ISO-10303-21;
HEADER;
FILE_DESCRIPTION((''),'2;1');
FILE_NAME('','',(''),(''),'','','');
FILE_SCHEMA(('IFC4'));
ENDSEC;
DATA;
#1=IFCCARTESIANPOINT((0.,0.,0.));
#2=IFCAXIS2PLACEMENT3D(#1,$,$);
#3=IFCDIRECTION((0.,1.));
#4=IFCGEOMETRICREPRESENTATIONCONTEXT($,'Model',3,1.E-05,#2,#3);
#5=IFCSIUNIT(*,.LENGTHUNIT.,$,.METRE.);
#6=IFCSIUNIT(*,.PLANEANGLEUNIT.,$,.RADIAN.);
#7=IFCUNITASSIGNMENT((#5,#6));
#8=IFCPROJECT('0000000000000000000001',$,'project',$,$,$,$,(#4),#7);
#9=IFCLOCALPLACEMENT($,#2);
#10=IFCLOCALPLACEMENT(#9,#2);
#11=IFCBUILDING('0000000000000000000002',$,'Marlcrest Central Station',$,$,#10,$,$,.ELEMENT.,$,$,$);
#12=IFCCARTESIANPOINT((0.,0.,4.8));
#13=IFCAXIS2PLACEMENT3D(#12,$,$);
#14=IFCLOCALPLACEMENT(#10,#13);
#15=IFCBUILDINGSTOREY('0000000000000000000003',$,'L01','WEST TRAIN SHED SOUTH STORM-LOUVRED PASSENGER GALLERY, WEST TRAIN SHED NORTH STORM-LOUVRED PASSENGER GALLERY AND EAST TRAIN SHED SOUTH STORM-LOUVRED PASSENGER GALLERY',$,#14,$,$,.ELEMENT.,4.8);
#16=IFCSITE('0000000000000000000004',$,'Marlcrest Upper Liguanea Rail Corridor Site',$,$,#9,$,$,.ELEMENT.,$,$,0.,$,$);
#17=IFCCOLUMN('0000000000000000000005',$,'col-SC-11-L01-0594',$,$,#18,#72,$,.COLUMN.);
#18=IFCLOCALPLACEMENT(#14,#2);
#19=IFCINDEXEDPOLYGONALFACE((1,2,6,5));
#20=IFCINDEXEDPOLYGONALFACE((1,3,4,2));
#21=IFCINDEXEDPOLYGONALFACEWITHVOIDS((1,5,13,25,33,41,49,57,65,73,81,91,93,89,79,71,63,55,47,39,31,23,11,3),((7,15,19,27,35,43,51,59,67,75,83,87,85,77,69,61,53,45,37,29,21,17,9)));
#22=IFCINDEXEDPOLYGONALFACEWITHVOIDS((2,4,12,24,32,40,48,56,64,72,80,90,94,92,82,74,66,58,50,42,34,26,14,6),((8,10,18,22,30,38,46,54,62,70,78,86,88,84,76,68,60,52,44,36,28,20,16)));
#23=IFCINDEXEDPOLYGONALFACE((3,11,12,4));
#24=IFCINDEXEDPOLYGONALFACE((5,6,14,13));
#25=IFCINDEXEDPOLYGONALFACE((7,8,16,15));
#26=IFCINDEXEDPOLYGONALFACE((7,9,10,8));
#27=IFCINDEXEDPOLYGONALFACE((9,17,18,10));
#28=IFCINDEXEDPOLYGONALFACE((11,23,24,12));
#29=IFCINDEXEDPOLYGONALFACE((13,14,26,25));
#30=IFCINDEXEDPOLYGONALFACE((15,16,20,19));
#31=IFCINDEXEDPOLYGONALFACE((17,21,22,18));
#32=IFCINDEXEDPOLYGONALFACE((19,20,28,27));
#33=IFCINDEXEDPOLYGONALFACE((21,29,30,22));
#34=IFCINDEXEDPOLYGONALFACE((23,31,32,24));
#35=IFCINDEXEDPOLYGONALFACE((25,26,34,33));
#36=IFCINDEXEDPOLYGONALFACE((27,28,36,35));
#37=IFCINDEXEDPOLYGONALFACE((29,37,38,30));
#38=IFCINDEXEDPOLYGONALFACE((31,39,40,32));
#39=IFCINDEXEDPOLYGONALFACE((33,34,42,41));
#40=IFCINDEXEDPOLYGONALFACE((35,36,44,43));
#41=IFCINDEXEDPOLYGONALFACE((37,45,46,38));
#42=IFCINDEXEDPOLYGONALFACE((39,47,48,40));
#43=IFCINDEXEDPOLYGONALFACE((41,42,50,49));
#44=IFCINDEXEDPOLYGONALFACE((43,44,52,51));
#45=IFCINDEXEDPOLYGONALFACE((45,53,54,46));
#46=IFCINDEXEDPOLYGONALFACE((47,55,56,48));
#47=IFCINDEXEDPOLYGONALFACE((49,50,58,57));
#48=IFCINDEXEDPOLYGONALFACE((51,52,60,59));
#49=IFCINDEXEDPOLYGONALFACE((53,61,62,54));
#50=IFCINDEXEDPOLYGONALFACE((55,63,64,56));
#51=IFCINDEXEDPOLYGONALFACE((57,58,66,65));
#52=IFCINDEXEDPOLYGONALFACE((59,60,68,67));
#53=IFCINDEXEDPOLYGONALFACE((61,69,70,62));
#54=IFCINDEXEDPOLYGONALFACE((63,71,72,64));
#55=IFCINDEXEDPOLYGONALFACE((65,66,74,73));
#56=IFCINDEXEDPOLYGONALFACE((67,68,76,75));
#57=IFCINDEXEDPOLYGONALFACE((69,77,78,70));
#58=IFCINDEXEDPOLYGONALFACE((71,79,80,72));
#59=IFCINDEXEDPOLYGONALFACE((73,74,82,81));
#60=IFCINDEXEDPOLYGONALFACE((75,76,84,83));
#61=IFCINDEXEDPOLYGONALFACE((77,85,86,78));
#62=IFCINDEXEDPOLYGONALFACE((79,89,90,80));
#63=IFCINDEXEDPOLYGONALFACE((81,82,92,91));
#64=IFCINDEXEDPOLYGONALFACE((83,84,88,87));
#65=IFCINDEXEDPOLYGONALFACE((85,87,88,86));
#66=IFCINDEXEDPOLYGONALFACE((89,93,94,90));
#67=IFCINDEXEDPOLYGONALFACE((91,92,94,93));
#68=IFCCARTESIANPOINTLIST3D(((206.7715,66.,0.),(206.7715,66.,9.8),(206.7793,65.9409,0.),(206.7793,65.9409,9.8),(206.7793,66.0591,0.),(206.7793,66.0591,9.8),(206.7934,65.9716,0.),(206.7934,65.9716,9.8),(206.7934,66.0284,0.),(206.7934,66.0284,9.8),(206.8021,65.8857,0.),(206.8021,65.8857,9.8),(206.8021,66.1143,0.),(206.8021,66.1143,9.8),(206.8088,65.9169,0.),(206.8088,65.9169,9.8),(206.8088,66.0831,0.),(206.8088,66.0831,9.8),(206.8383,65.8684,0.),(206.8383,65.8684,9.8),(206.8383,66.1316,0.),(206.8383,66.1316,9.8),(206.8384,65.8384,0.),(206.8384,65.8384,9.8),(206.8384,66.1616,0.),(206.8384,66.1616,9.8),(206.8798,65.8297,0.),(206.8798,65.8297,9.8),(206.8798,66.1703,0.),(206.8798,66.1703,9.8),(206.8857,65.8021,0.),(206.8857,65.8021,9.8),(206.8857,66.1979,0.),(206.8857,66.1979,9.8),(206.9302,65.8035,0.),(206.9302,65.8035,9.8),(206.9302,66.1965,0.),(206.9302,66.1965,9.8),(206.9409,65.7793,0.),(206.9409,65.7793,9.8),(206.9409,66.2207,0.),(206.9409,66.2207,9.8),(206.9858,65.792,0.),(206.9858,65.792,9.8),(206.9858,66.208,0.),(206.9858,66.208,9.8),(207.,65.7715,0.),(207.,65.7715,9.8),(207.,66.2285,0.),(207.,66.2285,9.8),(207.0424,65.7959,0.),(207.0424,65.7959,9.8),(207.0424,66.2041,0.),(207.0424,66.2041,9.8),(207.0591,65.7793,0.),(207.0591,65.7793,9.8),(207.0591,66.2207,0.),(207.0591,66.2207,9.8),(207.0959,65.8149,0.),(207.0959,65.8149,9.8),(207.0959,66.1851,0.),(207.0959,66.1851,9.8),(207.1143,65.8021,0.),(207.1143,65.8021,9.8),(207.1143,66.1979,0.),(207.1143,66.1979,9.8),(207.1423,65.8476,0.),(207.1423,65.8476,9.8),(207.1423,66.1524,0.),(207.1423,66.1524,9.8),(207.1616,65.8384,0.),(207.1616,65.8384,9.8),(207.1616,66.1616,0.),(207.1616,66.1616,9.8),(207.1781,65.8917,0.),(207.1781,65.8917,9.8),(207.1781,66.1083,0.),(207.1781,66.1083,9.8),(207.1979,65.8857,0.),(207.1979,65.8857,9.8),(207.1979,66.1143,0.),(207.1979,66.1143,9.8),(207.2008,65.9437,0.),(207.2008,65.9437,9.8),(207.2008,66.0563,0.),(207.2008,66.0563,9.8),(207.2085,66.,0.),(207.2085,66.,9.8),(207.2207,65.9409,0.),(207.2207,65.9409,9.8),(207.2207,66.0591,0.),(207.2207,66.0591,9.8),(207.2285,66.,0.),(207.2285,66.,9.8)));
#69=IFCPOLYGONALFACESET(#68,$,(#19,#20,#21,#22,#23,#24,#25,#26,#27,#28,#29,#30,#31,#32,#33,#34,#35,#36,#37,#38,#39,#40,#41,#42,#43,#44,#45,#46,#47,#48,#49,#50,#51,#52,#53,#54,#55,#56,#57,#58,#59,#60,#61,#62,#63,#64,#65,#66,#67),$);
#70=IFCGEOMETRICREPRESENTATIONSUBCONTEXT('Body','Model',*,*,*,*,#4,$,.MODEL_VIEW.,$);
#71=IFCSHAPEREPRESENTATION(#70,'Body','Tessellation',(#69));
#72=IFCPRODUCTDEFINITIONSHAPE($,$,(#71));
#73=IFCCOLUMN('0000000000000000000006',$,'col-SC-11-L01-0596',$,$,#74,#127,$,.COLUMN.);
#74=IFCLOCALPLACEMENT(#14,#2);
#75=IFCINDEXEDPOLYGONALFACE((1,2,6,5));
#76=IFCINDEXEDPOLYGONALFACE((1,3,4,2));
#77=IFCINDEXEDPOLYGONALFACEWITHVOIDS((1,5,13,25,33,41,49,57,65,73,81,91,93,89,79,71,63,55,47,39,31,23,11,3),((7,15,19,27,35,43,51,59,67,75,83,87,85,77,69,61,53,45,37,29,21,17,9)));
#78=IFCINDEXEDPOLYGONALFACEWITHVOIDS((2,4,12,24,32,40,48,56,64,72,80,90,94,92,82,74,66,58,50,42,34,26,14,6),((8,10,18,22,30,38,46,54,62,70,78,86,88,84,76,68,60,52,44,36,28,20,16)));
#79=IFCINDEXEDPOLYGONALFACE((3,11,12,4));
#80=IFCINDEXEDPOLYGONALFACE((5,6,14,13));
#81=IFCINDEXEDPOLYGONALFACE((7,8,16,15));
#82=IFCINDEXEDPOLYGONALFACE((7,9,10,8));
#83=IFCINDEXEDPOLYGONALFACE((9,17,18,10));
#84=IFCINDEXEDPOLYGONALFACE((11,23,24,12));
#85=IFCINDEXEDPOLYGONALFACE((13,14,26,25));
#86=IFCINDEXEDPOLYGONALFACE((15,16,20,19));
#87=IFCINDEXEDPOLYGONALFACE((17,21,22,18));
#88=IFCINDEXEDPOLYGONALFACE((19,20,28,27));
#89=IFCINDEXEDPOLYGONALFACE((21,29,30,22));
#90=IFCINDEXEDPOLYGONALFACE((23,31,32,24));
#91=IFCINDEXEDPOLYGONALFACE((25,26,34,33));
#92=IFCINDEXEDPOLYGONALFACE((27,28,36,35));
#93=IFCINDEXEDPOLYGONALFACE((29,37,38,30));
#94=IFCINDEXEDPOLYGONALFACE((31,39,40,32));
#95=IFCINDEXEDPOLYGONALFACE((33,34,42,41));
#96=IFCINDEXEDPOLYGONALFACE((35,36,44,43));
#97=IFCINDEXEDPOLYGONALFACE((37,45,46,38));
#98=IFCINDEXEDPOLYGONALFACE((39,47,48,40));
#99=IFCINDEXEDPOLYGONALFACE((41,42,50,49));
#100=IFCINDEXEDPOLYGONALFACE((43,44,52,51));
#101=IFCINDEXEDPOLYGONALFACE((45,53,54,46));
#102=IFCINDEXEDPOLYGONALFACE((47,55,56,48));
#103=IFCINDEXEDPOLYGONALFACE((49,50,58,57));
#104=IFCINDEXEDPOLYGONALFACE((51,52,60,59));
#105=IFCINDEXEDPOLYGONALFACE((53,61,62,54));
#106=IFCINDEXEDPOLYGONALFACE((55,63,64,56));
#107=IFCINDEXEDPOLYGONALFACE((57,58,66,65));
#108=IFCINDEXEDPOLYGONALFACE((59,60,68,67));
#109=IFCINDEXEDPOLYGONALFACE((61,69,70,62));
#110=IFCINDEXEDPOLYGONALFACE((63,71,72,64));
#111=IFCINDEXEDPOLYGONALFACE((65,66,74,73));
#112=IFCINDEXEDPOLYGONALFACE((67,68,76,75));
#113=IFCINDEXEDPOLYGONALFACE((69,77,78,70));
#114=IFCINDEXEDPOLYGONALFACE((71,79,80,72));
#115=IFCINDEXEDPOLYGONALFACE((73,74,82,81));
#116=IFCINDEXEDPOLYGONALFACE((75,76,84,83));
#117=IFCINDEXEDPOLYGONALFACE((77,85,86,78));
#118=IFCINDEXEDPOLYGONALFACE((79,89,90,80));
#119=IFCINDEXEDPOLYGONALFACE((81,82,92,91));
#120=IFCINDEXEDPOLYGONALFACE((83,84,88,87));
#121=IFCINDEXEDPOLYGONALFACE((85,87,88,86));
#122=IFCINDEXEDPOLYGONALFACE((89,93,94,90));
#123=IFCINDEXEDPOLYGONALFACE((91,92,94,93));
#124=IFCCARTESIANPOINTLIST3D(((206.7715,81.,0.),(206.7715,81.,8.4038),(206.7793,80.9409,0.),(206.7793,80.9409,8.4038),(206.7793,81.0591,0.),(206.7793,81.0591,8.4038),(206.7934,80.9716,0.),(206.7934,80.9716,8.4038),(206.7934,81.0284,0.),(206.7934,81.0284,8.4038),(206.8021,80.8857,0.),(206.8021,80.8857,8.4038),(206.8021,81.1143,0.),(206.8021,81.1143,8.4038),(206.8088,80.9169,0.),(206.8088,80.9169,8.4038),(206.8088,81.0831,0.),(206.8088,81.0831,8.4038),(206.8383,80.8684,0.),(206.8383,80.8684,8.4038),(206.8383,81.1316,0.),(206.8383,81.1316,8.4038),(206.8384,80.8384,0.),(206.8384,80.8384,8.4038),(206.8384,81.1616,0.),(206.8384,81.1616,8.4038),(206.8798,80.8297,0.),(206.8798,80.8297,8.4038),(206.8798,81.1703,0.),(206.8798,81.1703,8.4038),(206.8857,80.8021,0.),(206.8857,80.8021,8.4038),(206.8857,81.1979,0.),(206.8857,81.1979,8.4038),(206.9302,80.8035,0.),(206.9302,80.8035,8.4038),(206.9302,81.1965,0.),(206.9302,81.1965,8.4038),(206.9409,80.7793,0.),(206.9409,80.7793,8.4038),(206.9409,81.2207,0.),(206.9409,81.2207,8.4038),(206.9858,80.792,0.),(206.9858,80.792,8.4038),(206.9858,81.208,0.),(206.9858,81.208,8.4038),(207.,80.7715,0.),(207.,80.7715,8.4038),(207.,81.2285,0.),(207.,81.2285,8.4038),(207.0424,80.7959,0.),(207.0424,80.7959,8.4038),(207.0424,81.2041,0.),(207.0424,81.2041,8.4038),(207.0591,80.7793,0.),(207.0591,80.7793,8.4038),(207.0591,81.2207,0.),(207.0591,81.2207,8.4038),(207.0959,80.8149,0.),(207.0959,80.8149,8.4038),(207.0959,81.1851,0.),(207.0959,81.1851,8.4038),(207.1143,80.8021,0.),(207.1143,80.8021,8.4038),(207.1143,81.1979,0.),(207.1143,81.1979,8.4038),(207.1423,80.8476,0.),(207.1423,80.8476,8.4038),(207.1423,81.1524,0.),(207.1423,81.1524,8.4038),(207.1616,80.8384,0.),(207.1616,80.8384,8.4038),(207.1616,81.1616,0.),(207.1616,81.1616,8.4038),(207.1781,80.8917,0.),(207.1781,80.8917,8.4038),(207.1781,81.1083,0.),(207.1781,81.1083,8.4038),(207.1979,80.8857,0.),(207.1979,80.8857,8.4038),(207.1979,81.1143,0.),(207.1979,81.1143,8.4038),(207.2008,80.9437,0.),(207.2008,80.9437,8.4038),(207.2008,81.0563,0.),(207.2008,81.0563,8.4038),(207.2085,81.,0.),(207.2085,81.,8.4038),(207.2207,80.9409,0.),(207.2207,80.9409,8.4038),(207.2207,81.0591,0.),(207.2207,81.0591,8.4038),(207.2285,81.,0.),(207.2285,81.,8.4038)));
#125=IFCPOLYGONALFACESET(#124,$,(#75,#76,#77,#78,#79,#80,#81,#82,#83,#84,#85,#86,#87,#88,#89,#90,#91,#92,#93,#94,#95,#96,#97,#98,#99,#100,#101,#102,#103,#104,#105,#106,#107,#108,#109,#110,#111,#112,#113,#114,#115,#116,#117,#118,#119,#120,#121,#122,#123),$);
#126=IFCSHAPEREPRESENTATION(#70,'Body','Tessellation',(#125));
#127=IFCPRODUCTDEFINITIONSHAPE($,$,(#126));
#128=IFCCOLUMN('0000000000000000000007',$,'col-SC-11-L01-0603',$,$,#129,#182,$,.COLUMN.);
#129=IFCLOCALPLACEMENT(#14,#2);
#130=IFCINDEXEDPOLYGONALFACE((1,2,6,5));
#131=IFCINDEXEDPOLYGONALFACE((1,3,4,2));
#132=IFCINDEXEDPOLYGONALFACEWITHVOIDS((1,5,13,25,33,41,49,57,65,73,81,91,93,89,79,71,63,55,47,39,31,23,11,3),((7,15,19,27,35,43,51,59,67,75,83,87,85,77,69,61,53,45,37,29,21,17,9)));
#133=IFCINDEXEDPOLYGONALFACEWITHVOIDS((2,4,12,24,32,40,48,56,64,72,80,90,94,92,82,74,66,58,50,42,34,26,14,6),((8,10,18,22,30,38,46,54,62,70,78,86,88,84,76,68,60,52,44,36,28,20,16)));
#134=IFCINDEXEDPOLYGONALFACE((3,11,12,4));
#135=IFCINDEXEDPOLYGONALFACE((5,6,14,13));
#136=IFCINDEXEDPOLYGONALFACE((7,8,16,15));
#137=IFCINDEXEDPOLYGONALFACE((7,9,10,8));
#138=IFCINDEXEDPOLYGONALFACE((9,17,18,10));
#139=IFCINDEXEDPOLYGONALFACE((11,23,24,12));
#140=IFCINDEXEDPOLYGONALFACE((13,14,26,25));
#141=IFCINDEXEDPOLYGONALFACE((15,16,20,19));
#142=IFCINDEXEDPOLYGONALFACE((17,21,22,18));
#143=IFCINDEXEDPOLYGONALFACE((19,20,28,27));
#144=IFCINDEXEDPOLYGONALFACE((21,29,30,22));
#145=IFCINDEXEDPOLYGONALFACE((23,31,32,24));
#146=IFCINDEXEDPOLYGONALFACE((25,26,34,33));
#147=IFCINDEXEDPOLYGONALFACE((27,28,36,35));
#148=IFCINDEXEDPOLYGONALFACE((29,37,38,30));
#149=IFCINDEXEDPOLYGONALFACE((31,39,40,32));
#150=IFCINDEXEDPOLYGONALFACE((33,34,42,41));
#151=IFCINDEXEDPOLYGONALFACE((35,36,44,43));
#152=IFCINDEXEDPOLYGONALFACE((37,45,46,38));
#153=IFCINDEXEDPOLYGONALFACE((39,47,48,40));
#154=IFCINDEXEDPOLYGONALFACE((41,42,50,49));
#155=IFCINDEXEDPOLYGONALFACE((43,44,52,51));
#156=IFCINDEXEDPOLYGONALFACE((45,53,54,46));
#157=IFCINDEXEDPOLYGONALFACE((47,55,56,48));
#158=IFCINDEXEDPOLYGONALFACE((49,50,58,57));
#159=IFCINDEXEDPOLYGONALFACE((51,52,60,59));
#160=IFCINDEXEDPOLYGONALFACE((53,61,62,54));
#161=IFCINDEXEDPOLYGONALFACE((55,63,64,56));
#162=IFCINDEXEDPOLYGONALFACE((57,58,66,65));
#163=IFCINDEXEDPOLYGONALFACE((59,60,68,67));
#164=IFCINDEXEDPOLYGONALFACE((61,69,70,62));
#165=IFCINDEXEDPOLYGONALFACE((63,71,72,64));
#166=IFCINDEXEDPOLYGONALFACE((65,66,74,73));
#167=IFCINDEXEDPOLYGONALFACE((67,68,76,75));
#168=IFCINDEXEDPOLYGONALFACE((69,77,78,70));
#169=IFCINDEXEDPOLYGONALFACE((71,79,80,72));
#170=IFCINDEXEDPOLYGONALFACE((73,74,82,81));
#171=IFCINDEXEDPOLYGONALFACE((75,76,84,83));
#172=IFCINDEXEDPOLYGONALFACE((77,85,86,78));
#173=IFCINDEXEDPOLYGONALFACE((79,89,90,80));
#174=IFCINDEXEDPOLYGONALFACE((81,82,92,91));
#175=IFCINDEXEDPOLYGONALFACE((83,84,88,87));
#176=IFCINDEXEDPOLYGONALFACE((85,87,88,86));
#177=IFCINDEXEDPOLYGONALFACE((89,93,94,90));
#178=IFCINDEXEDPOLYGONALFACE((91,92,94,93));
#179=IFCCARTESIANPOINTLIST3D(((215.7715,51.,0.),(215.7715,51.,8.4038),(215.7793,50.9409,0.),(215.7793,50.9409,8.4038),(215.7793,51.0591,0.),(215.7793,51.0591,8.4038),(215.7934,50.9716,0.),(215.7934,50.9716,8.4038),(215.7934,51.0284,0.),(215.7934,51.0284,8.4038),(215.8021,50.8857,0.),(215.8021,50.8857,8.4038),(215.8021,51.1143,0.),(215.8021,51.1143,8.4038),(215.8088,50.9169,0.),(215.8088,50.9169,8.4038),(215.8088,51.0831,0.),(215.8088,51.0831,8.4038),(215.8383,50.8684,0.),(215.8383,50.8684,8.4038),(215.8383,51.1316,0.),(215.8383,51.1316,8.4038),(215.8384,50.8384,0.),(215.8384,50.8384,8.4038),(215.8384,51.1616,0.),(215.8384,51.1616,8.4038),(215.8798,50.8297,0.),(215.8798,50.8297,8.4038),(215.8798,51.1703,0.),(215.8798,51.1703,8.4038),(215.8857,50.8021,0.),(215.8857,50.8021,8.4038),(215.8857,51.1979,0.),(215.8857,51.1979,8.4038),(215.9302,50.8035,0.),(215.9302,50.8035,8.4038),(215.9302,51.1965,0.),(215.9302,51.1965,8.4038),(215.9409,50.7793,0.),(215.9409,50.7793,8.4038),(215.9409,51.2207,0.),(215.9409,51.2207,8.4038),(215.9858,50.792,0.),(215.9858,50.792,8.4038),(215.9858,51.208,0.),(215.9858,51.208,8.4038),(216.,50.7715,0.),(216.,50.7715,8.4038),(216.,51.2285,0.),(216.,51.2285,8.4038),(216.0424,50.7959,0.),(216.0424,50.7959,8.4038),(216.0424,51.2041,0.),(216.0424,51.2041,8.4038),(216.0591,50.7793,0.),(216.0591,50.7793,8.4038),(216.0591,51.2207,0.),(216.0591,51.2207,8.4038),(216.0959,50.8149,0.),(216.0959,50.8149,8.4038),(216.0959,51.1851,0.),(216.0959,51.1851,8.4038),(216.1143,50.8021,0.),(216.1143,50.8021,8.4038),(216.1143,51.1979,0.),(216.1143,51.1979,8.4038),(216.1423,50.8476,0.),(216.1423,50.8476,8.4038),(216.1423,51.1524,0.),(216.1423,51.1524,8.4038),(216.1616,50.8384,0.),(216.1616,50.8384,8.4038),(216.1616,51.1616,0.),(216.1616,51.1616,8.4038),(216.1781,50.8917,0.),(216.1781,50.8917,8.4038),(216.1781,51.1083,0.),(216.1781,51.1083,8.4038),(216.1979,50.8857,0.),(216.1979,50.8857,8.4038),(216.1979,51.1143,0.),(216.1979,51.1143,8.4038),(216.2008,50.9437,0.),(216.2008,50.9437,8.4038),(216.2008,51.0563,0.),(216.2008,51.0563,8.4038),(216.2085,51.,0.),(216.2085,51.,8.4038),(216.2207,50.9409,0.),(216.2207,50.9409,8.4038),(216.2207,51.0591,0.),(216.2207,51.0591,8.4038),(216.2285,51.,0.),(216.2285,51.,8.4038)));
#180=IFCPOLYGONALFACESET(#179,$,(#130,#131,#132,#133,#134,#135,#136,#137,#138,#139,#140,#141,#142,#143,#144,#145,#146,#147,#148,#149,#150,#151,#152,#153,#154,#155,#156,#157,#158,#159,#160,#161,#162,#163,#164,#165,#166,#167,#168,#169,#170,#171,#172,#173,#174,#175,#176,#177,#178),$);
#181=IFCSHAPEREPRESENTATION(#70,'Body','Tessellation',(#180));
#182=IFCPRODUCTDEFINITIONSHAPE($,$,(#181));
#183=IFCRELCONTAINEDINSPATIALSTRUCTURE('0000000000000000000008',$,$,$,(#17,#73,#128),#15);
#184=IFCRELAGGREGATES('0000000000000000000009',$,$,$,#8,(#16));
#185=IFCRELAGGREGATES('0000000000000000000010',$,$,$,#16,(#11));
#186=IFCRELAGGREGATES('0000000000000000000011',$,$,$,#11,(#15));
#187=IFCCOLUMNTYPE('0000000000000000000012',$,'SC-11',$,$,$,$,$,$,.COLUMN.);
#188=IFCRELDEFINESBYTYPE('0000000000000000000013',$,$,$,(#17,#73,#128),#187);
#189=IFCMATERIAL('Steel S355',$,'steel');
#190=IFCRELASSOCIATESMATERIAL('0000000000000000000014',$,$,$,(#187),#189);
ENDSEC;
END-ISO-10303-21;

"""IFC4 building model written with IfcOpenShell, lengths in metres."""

from ifc_helpers import new_model, si_unit, direction, frame, origin, origin_2d, place, context, subcontext, project, spatial, hollow_circle, extrude, material, material_profile, profile_set, type_object, element, save


model = new_model("IFC4")

# Units and contexts
model_context = context("Model", 3, precision=1e-05, world=origin(), true_north=direction((0.0, 1.0)))
body_context = subcontext(model_context, "Body", "Model", "MODEL_VIEW")
ifc_project = project(units=[si_unit("LENGTHUNIT", "METRE"), si_unit("PLANEANGLEUNIT", "RADIAN")], contexts=[model_context])

# Site, building, storey
site_placement = place(None, origin())
site = spatial("IfcSite", under=ifc_project, at=site_placement, Name="Marlcrest Upper Liguanea Rail Corridor Site", CompositionType="ELEMENT", RefElevation=0.0)
building_placement = place(site_placement, origin())
building = spatial("IfcBuilding", under=site, at=building_placement, Name="Marlcrest Central Station", CompositionType="ELEMENT")
storey_placement = place(building_placement, frame((0.0, 0.0, 4.8)))
storey = spatial("IfcBuildingStorey", under=building, at=storey_placement, Name="L01", Description="WEST TRAIN SHED SOUTH STORM-LOUVRED PASSENGER GALLERY, WEST TRAIN SHED NORTH STORM-LOUVRED PASSENGER GALLERY AND EAST TRAIN SHED SOUTH STORM-LOUVRED PASSENGER GALLERY", CompositionType="ELEMENT", Elevation=4.8)

# Columns
ifc_material = material(Name="Steel S355", Category="steel")
ifc_material_profile = material_profile(ifc_material, hollow_circle(Radius=0.2285, WallThickness=0.02, at=origin_2d()), Name="CHS 457x20")
ifc_profile_set = profile_set([ifc_material_profile], Name="Steel S355")
column_type = type_object("IfcColumnType", Name="SC-11", PredefinedType="COLUMN", material=ifc_profile_set)
column_1_placement = place(storey_placement, frame((207.0, 66.0, 0.0), z_axis=(0.0, 0.0, 1.0), x_axis=(1.0, 0.0, 0.0)))
element("IfcColumn", 1, at=column_1_placement, inside=storey, type_object=column_type, Name="col-SC-11-L01-0594", PredefinedType="COLUMN", context=body_context, shape_type="SweptSolid", body=[
    extrude(hollow_circle(Radius=0.2285, WallThickness=0.02, at=origin_2d()), origin(), (0.0, 0.0, 1.0), 9.8),
])
for number, where, z_axis, x_axis, name in (
    (2, (207.0, 81.0, 0.0), (0.0, 0.0, 1.0), (1.0, 0.0, 0.0), "col-SC-11-L01-0596"),
    (3, (216.0, 51.0, 0.0), (0.0, 0.0, 1.0), (1.0, 0.0, 0.0), "col-SC-11-L01-0603"),
):
    element("IfcColumn", number, at=place(storey_placement, frame(where, z_axis=z_axis, x_axis=x_axis)), inside=storey, type_object=column_type, Name=name, PredefinedType="COLUMN", context=body_context, shape_type="SweptSolid", body=[
        extrude(hollow_circle(Radius=0.2285, WallThickness=0.02, at=origin_2d()), origin(), (0.0, 0.0, 1.0), 8.4038),
    ])

save(model, "model.ifc")
